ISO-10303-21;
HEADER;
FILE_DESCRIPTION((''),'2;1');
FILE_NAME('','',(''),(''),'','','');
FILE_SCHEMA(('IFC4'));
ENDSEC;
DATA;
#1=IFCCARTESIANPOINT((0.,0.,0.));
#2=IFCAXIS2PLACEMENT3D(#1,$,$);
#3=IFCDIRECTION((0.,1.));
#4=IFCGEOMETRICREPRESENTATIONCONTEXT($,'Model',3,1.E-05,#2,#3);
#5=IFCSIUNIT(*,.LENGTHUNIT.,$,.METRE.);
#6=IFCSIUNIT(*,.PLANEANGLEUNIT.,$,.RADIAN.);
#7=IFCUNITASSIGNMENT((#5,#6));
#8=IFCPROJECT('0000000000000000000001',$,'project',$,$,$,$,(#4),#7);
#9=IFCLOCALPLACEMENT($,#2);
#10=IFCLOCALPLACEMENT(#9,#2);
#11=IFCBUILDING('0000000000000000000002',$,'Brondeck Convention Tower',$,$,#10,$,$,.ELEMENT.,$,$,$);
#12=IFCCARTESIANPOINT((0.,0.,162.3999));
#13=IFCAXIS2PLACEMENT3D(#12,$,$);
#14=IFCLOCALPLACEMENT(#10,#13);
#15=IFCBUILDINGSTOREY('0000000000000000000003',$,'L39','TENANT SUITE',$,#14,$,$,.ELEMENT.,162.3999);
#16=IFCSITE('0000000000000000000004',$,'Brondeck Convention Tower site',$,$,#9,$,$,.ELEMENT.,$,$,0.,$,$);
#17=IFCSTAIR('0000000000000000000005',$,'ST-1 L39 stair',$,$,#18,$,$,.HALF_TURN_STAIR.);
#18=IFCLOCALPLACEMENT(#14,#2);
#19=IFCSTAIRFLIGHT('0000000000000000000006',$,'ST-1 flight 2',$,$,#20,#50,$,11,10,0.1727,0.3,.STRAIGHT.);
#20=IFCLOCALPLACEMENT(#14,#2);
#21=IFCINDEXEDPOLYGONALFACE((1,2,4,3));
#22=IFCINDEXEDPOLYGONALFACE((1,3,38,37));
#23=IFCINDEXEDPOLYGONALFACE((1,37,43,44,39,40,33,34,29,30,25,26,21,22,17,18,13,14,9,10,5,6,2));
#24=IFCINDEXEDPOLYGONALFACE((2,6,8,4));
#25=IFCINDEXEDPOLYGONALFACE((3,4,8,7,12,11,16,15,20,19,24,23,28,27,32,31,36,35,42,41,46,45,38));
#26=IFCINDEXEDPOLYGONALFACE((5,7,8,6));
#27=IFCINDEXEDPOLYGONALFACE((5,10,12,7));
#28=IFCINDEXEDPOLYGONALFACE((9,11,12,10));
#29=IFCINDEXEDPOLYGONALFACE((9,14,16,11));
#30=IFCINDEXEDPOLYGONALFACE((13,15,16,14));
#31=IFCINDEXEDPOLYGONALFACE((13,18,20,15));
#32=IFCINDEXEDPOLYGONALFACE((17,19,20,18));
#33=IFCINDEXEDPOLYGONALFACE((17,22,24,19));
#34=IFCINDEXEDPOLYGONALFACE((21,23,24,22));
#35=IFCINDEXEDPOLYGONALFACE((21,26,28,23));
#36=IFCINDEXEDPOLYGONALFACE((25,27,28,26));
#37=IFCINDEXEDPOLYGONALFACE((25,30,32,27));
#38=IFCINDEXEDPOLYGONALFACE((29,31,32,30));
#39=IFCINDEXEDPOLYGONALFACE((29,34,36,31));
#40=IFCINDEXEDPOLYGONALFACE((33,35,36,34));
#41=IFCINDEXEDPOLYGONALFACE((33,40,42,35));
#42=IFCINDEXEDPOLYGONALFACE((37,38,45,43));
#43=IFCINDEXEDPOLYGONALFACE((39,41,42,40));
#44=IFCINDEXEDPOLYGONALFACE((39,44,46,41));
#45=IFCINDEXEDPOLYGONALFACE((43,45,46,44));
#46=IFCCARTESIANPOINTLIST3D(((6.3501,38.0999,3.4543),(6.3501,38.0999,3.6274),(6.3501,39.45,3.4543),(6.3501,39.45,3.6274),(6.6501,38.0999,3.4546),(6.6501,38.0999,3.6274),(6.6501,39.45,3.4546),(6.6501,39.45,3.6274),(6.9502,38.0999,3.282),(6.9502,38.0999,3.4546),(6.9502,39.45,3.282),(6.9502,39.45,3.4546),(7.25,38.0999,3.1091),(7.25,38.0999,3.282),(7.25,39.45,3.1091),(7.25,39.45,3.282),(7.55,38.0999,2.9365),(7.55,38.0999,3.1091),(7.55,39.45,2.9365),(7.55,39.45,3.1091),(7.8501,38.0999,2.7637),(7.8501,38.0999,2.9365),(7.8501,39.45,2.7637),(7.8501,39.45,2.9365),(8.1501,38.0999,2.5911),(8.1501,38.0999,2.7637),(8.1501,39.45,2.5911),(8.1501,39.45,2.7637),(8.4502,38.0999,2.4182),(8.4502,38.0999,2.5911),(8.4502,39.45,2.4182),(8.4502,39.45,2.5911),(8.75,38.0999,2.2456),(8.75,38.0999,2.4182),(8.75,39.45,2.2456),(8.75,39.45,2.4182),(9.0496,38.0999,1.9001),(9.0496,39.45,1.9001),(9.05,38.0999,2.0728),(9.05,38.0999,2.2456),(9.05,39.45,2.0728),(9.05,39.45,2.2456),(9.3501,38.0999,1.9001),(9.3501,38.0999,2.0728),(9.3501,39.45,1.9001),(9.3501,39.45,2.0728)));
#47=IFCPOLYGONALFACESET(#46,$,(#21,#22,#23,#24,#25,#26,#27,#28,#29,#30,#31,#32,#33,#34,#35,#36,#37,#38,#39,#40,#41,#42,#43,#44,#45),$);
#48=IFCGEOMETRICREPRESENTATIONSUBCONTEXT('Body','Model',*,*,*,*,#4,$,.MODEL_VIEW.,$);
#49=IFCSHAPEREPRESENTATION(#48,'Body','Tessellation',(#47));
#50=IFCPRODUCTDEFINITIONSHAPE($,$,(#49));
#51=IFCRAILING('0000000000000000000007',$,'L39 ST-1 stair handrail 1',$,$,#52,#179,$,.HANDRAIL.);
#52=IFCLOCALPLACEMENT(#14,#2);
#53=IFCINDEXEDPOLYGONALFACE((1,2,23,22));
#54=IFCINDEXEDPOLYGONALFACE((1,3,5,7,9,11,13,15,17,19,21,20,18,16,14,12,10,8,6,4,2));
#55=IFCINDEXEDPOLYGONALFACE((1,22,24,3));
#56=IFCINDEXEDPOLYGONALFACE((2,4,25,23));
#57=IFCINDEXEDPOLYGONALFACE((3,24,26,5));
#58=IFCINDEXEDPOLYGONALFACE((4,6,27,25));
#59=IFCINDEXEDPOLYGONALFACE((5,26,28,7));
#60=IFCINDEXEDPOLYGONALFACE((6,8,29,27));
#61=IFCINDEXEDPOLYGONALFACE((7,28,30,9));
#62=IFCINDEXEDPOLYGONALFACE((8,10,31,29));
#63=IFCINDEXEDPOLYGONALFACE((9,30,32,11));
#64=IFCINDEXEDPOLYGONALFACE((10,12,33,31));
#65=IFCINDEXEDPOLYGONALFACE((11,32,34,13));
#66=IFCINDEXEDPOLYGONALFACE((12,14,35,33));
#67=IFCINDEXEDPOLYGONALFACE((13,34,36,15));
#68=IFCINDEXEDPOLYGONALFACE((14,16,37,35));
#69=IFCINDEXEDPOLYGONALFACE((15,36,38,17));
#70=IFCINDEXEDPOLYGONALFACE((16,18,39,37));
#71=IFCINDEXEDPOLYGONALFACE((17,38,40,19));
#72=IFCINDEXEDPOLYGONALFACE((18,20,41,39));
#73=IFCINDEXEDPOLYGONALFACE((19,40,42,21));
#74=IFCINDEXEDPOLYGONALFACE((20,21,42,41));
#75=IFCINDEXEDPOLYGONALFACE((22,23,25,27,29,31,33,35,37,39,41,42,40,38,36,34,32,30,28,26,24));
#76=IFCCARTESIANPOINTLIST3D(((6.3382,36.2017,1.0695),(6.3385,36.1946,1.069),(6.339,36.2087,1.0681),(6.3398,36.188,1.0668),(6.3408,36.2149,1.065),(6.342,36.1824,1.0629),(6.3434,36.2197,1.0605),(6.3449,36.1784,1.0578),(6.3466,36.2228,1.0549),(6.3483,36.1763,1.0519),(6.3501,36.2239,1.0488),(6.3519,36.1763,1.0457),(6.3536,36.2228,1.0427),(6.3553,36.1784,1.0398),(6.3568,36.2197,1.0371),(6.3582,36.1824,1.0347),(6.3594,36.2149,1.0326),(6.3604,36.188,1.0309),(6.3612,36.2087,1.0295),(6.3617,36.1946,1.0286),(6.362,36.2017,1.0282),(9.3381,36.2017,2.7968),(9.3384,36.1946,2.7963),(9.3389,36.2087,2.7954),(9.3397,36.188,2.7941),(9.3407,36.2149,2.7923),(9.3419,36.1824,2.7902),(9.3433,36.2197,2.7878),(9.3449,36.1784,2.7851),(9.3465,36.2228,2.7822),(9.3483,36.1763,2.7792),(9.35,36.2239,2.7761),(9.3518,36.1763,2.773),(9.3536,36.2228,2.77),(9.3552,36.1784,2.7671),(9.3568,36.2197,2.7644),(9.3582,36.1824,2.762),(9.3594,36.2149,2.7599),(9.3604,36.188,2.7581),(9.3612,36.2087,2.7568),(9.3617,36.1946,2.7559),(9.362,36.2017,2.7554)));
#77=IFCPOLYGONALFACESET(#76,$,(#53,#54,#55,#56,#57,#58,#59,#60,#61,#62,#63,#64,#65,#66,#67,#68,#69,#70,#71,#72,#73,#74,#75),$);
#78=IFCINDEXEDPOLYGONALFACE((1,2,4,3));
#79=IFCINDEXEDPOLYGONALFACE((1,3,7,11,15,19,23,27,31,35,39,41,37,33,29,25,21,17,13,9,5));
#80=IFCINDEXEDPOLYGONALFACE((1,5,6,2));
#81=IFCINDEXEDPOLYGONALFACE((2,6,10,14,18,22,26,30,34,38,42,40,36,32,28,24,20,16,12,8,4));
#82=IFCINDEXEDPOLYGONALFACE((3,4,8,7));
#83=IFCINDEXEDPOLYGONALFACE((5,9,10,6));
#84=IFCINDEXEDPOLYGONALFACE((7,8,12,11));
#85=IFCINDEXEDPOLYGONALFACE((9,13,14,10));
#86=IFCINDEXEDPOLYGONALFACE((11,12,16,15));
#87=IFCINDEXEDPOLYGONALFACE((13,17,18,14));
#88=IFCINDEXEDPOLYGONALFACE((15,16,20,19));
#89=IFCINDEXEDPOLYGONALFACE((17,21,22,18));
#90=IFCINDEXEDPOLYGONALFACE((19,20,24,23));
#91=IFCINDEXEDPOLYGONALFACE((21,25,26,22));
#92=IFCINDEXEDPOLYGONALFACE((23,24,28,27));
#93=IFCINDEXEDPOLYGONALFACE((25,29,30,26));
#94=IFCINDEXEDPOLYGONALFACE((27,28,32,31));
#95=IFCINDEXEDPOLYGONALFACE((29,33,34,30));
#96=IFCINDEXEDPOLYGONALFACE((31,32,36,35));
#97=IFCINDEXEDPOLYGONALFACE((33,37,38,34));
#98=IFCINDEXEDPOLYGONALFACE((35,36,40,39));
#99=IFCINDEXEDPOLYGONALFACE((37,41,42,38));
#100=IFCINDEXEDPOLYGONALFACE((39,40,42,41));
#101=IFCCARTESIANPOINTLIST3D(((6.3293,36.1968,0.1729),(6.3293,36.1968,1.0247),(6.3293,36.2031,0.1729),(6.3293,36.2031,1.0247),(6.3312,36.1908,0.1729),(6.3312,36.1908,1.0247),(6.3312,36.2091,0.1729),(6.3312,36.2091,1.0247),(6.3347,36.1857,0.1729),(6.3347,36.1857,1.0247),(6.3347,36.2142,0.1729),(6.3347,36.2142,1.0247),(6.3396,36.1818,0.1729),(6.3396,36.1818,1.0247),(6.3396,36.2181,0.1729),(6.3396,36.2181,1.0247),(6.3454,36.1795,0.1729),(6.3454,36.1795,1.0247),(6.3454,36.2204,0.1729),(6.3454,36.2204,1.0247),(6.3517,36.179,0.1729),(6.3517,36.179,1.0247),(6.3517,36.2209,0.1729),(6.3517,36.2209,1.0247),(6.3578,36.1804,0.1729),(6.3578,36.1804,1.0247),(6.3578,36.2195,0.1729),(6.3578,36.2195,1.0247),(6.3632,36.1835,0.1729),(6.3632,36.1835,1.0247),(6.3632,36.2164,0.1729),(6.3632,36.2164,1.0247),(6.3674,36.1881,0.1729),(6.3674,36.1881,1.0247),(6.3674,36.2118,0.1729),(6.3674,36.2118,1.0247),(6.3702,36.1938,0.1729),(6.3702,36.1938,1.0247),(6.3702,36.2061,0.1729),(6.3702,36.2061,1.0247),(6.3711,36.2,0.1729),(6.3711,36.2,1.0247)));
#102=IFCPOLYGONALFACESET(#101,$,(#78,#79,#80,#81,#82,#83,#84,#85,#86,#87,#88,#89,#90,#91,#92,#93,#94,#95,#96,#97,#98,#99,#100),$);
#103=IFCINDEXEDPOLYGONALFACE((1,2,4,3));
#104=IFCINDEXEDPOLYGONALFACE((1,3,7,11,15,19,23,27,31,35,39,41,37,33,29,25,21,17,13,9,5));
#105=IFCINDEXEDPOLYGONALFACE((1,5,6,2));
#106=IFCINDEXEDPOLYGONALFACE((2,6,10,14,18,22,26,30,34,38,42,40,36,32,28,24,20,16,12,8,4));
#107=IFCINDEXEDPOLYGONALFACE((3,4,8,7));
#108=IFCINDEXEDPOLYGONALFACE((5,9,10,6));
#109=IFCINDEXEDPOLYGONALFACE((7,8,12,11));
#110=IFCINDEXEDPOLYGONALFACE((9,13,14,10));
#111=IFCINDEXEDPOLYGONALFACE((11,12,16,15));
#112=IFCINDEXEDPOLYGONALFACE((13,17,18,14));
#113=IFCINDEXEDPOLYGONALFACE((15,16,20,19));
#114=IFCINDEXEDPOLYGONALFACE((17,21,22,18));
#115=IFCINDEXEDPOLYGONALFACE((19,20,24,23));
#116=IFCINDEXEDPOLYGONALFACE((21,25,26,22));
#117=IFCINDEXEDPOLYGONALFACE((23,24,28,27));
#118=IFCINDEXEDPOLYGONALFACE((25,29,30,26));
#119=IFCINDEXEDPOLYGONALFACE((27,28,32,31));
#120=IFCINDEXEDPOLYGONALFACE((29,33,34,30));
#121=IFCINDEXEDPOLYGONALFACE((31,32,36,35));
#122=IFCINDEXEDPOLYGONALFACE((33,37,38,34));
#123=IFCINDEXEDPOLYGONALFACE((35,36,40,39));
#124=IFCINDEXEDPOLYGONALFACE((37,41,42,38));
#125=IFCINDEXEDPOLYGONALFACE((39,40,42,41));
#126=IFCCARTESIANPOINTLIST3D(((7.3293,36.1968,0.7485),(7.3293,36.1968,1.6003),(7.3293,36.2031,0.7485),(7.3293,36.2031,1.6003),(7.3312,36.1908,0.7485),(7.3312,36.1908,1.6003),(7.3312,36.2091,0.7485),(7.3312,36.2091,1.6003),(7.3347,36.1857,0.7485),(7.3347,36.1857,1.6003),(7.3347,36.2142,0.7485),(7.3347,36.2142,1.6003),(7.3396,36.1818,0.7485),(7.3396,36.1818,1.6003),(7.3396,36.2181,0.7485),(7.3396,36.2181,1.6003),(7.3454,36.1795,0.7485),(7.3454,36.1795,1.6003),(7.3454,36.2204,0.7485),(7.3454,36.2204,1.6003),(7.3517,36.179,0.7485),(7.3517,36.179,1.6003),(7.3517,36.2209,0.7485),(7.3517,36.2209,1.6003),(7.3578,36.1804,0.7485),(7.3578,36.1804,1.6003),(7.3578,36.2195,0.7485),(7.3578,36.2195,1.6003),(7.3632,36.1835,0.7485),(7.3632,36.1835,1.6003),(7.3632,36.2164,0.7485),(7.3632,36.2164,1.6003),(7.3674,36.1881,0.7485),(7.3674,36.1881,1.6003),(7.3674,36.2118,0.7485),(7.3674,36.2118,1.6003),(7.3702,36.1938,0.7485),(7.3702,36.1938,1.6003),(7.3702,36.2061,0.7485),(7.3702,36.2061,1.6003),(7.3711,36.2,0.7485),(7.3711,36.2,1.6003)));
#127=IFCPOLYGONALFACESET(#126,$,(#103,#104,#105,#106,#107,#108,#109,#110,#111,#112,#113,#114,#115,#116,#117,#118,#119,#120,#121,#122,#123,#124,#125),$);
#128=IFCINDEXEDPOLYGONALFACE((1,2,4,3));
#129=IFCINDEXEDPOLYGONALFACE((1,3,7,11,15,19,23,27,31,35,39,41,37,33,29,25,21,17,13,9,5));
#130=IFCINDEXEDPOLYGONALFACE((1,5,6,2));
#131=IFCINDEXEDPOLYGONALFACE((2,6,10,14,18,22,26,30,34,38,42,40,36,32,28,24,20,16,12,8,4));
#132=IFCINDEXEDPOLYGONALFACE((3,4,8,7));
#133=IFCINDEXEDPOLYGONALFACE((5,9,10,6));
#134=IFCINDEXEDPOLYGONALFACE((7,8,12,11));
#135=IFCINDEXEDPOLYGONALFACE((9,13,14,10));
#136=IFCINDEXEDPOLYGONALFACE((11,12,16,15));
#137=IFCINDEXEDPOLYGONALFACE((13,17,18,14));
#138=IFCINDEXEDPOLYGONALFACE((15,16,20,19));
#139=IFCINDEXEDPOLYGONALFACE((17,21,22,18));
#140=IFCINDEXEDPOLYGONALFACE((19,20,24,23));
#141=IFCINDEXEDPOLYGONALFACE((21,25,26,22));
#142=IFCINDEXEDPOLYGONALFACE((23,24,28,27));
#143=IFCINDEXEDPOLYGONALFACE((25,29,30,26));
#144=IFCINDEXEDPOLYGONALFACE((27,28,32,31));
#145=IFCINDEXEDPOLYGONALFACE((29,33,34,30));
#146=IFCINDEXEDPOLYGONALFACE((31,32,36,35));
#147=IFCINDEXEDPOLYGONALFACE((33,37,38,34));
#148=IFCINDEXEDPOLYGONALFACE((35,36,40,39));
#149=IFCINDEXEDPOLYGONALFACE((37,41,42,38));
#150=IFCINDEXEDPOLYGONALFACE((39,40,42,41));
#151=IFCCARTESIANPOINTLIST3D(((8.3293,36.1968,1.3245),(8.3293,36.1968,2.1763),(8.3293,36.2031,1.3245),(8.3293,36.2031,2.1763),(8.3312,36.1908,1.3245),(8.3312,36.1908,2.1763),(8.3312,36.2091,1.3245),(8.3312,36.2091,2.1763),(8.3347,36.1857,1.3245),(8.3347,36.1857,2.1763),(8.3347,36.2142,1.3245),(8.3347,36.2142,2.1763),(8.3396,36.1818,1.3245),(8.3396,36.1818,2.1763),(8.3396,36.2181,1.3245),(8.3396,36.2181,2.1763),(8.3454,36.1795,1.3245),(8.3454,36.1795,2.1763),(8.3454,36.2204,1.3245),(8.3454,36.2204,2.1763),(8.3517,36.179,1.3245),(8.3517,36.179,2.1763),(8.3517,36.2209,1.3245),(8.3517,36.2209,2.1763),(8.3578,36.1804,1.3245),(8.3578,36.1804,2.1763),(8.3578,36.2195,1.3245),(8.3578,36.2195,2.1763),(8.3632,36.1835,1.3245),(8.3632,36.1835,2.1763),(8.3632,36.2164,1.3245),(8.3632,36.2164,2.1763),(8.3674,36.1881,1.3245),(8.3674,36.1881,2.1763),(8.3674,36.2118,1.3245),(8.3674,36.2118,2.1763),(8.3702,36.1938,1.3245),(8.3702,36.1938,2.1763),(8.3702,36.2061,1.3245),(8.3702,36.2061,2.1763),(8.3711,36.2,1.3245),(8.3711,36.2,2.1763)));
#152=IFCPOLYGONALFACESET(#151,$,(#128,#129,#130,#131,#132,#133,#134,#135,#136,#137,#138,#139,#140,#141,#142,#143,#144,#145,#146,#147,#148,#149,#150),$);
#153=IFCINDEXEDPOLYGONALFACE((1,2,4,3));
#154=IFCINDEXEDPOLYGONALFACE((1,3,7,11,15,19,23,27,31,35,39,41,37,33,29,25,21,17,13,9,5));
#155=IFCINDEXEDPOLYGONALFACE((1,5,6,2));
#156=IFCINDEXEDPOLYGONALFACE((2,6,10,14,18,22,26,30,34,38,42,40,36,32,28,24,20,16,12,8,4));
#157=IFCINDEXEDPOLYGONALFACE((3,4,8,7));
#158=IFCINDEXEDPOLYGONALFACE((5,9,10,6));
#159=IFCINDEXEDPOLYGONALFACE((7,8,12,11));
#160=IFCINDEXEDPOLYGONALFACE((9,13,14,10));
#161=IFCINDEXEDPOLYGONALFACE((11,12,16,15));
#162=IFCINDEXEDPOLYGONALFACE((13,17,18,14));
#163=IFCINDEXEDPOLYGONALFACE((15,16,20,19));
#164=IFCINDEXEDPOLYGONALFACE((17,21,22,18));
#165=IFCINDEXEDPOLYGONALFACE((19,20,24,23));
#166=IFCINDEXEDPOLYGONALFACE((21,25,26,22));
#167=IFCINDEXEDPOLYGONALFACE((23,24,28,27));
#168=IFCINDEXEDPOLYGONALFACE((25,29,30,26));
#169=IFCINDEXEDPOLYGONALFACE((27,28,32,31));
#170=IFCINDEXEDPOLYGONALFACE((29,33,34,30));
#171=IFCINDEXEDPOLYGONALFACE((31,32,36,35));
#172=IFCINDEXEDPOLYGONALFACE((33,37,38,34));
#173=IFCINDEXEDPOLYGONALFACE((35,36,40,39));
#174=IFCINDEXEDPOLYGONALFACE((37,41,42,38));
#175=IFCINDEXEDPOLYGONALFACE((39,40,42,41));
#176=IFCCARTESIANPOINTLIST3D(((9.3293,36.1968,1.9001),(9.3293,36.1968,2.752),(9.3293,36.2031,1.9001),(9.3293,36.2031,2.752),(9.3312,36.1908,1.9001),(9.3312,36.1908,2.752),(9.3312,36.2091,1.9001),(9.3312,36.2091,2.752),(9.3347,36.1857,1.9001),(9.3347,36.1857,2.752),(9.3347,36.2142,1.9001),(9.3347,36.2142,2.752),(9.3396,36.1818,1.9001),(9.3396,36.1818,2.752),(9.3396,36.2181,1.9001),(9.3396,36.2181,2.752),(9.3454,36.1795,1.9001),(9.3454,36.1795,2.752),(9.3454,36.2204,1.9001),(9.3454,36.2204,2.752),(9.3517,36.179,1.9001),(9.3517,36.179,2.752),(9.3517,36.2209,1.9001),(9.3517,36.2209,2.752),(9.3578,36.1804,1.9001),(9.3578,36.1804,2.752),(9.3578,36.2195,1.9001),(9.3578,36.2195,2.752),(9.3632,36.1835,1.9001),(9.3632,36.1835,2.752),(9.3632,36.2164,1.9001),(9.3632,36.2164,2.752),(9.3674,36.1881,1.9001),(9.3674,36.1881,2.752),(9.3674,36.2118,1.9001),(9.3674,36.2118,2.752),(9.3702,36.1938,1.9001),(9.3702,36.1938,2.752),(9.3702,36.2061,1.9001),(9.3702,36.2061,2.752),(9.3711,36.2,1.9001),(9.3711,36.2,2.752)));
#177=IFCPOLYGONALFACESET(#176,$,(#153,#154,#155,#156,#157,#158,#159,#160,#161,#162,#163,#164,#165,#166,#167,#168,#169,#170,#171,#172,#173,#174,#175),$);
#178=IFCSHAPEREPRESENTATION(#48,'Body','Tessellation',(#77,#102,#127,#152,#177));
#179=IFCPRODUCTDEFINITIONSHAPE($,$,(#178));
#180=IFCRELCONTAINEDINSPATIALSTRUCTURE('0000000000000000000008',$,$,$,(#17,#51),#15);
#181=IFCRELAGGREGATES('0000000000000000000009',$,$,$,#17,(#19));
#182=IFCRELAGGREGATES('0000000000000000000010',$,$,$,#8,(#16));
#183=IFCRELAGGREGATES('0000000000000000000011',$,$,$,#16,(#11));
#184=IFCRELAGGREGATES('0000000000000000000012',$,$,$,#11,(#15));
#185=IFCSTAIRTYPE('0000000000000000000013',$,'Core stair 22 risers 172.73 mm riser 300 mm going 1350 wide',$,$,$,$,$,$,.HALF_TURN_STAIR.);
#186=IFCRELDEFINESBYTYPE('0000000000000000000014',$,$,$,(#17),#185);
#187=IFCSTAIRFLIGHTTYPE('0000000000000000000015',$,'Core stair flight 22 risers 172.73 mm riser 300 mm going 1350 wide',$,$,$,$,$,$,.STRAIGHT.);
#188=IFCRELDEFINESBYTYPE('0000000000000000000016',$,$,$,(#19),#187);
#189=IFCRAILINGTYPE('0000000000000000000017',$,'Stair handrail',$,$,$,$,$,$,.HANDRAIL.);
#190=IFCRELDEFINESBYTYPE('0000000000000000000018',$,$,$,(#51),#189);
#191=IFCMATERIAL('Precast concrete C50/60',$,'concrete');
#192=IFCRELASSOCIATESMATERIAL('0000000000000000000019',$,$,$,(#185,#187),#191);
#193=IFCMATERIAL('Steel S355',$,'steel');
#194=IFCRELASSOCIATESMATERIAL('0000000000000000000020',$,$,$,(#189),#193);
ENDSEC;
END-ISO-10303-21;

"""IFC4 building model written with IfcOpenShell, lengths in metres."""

from ifc_helpers import new_model, si_unit, direction, frame, origin, origin_2d, place, context, subcontext, project, spatial, polyline, circle, outline, extrude, material, type_object, element, aggregate, save


model = new_model("IFC4")

# Units and contexts
model_context = context("Model", 3, precision=1e-05, world=origin(), true_north=direction((0.0, 1.0)))
body_context = subcontext(model_context, "Body", "Model", "MODEL_VIEW")
ifc_project = project(units=[si_unit("LENGTHUNIT", "METRE"), si_unit("PLANEANGLEUNIT", "RADIAN")], contexts=[model_context])

# Site, building, storey
site_placement = place(None, origin())
site = spatial("IfcSite", under=ifc_project, at=site_placement, Name="Brondeck Convention Tower site", CompositionType="ELEMENT", RefElevation=0.0)
building_placement = place(site_placement, origin())
building = spatial("IfcBuilding", under=site, at=building_placement, Name="Brondeck Convention Tower", CompositionType="ELEMENT")
storey_placement = place(building_placement, frame((0.0, 0.0, 162.3999)))
storey = spatial("IfcBuildingStorey", under=building, at=storey_placement, Name="L39", Description="TENANT SUITE", CompositionType="ELEMENT", Elevation=162.3999)

# Shared definitions
ifc_material_1 = material(Name="Steel S355", Category="steel")

# Stair, stair flight
ifc_material_2 = material(Name="Precast concrete C50/60", Category="concrete")
stair_type = type_object("IfcStairType", Name="Core stair 22 risers 172.73 mm riser 300 mm going 1350 wide", PredefinedType="HALF_TURN_STAIR", material=ifc_material_2)
stair_placement = place(storey_placement, origin())
stair = element("IfcStair", 1, at=stair_placement, inside=storey, type_object=stair_type, Name="ST-1 L39 stair", PredefinedType="HALF_TURN_STAIR")
stair_flight_type = type_object("IfcStairFlightType", Name="Core stair flight 22 risers 172.73 mm riser 300 mm going 1350 wide", PredefinedType="STRAIGHT", material=ifc_material_2)
stair_flight_1_placement = place(storey_placement, frame((9.3501, 38.7749, 1.9001), z_axis=(0.0, 0.0, 1.0), x_axis=(-1.0, 0.0, 0.0)))
stair_flight_1 = element("IfcStairFlight", 2, at=stair_flight_1_placement, type_object=stair_flight_type, Name="ST-1 flight 2", NumberOfRisers=11, NumberOfTreads=10, PredefinedType="STRAIGHT", RiserHeight=0.1727, TreadLength=0.3, context=body_context, shape_type="SweptSolid", body=[
    extrude(outline(polyline([(0.0, 0.0), (0.0, 0.1726), (0.3, 0.1726), (0.3, 0.3455), (0.6001, 0.3455), (0.6001, 0.5181), (0.8999, 0.5181), (0.8999, 0.6909), (1.2, 0.6909), (1.2, 0.8635), (1.5, 0.8635), (1.5, 1.0364), (1.8, 1.0364), (1.8, 1.209), (2.1001, 1.209), (2.1001, 1.3818), (2.3999, 1.3818), (2.3999, 1.5544), (2.7, 1.5544), (2.7, 1.7273), (3.0, 1.7273), (3.0, 1.8999), (3.0, 1.5542), (0.3005, 0.0), (0.0, 0.0)])), frame((0.0, 0.675, 0.0), z_axis=(0.0, -1.0, 0.0), x_axis=(1.0, 0.0, 0.0)), (0.0, 0.0, 1.0), 1.3501),
])
aggregate(stair, [stair_flight_1])

# Railing
railing_type_1 = type_object("IfcRailingType", Name="Stair handrail", PredefinedType="HANDRAIL", material=ifc_material_1)
railing_1_placement = place(storey_placement, frame((6.3501, 36.2, 0.1729)))
element("IfcRailing", 3, at=railing_1_placement, inside=storey, type_object=railing_type_1, Name="L39 ST-1 stair handrail 1", PredefinedType="HANDRAIL", context=body_context, shape_type="SweptSolid", body=[
    extrude(circle(Radius=0.0239, at=origin_2d()), frame((0.0, 0.0, 0.876), z_axis=(0.86662, 0.0, 0.498969), x_axis=(0.0, 1.0, 0.0)), (0.0, 0.0, 1.0), 3.4617),
    extrude(circle(Radius=0.021, at=origin_2d()), origin(), (0.0, 0.0, 1.0), 0.8518),
    extrude(circle(Radius=0.021, at=origin_2d()), frame((1.0, 0.0, 0.5757)), (0.0, 0.0, 1.0), 0.8518),
    extrude(circle(Radius=0.021, at=origin_2d()), frame((2.0, 0.0, 1.1516)), (0.0, 0.0, 1.0), 0.8518),
    extrude(circle(Radius=0.021, at=origin_2d()), frame((3.0, 0.0, 1.7273)), (0.0, 0.0, 1.0), 0.8518),
])

save(model, "model.ifc")
